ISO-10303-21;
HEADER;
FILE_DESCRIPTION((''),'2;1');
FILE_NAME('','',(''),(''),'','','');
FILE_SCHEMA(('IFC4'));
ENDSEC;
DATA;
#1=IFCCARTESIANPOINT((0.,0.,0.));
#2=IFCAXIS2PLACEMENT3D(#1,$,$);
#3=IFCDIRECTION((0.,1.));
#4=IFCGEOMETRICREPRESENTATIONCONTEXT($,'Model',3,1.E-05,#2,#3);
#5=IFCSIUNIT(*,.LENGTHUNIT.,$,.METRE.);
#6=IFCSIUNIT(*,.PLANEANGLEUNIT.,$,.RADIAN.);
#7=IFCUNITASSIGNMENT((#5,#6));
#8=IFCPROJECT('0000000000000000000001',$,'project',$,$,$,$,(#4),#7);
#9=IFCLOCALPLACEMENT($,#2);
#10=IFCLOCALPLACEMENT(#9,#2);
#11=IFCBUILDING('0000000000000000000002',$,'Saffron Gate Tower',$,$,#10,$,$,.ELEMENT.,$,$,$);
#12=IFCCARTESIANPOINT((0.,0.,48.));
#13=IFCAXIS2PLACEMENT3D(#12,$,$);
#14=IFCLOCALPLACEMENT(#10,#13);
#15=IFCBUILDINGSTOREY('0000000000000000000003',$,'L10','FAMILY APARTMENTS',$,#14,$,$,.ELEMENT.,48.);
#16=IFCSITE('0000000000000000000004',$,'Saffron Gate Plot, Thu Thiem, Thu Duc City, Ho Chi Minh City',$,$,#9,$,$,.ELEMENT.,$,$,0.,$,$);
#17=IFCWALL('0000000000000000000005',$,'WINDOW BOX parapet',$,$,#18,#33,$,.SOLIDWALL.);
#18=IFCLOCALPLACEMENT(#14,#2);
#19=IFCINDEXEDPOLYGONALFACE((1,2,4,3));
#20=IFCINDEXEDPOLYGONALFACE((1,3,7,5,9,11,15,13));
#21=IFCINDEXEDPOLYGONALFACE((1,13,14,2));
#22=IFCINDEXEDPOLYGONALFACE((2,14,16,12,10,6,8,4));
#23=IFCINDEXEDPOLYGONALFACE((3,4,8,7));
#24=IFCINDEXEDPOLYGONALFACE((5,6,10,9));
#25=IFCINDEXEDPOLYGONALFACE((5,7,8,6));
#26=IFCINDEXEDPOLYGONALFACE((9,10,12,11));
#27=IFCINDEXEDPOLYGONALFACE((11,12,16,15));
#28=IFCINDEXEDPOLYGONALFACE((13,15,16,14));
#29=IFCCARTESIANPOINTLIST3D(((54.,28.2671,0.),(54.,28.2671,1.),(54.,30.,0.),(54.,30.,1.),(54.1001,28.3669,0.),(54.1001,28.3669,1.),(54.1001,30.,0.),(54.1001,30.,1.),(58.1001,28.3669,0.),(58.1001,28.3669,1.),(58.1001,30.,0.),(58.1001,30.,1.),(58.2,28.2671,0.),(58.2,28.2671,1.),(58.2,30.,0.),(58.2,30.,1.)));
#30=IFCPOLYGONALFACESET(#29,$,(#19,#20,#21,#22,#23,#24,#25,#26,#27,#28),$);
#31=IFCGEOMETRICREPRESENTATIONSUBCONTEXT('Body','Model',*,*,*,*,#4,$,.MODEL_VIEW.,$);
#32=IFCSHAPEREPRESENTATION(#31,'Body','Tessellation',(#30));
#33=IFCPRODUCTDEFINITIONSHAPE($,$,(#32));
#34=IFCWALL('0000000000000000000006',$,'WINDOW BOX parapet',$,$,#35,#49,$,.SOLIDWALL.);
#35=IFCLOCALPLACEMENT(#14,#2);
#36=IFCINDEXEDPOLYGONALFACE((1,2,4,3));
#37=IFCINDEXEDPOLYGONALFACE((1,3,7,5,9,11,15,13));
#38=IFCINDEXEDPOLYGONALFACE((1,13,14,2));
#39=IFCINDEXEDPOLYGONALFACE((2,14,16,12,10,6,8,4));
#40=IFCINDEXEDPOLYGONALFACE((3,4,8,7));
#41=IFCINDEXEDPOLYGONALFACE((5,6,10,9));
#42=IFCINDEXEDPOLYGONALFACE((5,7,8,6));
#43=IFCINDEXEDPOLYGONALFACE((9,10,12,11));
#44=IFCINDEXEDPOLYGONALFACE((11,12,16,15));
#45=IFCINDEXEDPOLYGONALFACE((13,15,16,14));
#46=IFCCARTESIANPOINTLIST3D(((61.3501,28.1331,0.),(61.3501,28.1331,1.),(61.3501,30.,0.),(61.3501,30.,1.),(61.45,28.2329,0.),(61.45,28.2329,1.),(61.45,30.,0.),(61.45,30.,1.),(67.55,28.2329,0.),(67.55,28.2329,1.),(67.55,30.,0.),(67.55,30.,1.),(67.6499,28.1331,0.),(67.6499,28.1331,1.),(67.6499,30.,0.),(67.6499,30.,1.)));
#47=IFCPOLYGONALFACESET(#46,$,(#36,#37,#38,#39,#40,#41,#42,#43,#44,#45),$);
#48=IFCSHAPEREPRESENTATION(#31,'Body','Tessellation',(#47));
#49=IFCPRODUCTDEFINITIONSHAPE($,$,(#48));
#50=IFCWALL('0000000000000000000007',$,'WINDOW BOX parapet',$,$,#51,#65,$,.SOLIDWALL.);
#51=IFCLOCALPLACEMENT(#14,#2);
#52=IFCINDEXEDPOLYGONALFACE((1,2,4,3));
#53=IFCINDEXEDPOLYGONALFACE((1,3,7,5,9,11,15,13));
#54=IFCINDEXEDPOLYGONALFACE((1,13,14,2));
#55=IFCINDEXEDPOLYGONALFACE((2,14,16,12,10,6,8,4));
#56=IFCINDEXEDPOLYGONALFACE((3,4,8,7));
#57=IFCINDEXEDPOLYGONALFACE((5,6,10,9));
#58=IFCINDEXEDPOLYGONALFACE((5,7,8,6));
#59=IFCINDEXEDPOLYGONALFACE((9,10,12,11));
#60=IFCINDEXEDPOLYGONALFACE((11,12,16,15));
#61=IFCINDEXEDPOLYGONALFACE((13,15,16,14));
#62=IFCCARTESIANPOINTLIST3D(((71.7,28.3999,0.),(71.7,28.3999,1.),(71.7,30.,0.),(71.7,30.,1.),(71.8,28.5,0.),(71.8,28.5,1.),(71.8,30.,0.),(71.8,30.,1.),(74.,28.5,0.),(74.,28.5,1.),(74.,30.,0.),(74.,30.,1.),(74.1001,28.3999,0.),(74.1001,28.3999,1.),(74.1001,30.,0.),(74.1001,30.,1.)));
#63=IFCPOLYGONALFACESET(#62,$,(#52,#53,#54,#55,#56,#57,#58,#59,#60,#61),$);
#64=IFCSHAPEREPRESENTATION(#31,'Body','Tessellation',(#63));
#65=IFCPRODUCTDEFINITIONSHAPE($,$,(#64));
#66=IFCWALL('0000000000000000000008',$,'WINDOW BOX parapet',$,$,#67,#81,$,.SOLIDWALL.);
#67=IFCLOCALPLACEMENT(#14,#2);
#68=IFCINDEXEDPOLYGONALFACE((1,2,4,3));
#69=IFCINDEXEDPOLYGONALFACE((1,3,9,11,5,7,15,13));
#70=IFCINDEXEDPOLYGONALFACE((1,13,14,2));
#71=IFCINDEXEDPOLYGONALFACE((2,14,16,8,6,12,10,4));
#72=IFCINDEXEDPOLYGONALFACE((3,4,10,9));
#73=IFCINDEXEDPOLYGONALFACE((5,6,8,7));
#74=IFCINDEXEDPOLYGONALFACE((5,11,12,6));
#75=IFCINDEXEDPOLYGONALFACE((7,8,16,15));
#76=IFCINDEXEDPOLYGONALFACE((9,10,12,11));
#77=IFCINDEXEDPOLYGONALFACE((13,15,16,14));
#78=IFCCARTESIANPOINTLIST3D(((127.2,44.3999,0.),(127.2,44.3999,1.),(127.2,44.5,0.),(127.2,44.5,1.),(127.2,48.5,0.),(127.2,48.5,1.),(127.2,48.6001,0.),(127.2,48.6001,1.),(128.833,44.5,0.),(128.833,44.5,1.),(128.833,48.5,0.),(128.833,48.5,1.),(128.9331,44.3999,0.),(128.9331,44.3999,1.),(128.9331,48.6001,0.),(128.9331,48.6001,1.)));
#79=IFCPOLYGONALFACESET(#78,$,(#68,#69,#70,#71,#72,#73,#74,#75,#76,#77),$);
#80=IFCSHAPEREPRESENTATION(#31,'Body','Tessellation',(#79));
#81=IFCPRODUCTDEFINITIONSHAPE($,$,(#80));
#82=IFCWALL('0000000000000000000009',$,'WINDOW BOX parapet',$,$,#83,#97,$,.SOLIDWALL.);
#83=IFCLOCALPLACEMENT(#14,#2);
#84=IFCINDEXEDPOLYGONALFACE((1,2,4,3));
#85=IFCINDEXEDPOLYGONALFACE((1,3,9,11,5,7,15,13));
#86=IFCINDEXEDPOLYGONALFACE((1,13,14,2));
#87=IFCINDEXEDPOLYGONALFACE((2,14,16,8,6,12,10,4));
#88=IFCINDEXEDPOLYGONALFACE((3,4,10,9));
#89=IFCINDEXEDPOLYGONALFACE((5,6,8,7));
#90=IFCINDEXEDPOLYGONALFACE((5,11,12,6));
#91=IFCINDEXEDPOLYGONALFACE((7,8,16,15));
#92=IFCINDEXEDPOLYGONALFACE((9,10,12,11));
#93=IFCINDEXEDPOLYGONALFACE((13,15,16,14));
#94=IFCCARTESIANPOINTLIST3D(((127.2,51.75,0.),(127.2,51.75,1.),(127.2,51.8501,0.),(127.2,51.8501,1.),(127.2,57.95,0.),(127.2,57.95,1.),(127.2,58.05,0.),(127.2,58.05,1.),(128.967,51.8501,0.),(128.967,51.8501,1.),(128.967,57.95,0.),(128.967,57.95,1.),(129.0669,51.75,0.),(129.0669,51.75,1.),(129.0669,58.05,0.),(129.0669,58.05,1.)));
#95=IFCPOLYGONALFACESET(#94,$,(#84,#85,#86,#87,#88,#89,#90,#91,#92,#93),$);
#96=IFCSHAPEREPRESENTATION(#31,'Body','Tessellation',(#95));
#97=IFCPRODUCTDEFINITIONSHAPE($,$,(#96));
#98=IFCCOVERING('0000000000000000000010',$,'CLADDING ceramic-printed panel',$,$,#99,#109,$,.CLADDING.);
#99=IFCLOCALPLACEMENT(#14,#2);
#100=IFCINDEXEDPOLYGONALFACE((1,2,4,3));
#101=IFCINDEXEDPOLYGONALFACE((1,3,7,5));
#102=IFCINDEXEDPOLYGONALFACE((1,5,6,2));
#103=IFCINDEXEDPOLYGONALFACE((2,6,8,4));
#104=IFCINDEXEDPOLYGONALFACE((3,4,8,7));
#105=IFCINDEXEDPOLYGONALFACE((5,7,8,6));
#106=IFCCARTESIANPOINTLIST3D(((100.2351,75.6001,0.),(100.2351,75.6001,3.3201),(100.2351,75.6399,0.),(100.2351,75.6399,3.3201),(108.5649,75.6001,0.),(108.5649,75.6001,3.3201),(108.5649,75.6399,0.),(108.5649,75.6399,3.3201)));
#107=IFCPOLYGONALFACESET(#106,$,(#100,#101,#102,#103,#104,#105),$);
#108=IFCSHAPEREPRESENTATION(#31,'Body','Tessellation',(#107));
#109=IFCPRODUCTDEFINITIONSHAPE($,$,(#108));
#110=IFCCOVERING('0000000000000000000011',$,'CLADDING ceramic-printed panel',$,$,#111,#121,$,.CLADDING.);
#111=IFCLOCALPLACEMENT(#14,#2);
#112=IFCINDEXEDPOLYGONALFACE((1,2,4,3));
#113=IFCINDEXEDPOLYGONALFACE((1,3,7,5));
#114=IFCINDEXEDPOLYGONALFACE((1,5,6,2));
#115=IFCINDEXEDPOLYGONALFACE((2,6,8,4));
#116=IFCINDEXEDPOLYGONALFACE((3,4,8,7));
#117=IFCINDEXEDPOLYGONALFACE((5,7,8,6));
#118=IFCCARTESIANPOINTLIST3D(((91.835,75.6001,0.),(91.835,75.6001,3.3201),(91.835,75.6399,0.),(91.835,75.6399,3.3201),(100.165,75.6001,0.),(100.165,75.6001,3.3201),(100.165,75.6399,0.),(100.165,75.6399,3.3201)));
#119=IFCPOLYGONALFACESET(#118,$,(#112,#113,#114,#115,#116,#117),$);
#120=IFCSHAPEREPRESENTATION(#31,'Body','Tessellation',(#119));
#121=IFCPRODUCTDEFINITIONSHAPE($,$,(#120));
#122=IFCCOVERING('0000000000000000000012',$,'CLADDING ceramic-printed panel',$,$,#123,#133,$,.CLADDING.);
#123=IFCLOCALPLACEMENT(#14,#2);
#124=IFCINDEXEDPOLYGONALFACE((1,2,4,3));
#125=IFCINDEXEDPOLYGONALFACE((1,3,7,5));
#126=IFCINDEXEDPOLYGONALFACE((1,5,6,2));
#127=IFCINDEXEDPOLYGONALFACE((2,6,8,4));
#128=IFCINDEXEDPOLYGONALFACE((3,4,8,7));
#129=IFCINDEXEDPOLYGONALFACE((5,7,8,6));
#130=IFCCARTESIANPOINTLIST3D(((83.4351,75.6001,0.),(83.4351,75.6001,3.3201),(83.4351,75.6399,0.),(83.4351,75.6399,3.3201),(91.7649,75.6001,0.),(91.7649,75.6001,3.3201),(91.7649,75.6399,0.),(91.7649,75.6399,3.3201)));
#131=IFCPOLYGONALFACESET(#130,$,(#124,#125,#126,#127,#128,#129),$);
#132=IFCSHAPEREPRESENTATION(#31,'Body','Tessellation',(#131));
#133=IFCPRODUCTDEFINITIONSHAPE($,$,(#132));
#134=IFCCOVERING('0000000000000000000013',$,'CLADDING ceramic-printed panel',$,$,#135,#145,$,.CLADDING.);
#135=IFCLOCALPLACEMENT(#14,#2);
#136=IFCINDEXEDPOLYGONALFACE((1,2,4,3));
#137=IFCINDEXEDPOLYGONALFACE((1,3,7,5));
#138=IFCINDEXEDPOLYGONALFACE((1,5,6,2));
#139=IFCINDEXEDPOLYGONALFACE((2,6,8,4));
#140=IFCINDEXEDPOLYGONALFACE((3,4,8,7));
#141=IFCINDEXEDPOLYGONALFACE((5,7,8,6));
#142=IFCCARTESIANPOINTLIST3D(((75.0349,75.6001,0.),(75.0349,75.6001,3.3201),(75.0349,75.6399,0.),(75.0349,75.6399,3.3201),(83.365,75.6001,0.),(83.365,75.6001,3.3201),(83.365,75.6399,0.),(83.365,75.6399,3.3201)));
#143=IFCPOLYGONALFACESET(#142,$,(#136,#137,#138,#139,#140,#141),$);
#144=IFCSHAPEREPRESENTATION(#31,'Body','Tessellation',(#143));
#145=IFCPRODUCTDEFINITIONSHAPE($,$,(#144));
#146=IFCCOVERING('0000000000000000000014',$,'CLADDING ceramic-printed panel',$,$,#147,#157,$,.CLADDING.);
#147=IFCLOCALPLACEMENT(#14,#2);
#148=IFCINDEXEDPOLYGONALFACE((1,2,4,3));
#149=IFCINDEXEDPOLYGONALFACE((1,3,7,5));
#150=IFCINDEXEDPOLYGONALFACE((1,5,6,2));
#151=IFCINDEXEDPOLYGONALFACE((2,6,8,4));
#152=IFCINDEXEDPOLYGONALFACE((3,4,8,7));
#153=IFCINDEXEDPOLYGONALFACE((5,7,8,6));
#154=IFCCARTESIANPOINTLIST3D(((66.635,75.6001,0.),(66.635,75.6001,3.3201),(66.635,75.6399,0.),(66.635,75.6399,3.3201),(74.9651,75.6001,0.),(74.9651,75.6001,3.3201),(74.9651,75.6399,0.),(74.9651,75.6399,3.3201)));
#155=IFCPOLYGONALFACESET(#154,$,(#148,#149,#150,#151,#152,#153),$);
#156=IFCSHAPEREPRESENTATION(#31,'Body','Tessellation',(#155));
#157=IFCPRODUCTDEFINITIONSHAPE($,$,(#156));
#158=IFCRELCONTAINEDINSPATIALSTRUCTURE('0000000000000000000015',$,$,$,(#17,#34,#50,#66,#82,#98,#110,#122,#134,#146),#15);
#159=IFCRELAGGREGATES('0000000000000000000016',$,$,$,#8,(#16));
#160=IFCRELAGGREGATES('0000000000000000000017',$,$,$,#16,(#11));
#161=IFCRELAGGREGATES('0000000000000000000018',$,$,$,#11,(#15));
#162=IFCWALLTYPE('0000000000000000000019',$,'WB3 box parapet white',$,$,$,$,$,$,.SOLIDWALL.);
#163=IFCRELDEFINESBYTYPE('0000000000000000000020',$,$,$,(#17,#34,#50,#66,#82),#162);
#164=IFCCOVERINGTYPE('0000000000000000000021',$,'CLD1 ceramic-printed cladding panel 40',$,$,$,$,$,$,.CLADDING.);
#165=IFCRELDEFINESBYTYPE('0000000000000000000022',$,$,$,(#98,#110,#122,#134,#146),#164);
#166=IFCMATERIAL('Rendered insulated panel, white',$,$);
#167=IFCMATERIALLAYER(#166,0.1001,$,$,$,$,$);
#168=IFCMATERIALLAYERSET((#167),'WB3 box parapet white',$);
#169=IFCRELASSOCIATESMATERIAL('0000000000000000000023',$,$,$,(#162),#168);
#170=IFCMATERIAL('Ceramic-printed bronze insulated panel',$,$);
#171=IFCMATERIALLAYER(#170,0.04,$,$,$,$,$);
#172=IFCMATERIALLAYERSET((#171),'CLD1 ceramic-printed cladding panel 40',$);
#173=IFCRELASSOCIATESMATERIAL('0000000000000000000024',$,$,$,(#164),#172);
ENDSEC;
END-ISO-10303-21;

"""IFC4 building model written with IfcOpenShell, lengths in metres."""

from ifc_helpers import new_model, si_unit, direction, frame, origin, place, context, subcontext, project, spatial, polyline, outline, extrude, material, layer, layer_set, type_object, element, save


model = new_model("IFC4")

# Units and contexts
model_context = context("Model", 3, precision=1e-05, world=origin(), true_north=direction((0.0, 1.0)))
body_context = subcontext(model_context, "Body", "Model", "MODEL_VIEW")
ifc_project = project(units=[si_unit("LENGTHUNIT", "METRE"), si_unit("PLANEANGLEUNIT", "RADIAN")], contexts=[model_context])

# Site, building, storey
site_placement = place(None, origin())
site = spatial("IfcSite", under=ifc_project, at=site_placement, Name="Saffron Gate Plot, Thu Thiem, Thu Duc City, Ho Chi Minh City", CompositionType="ELEMENT", RefElevation=0.0)
building_placement = place(site_placement, origin())
building = spatial("IfcBuilding", under=site, at=building_placement, Name="Saffron Gate Tower", CompositionType="ELEMENT")
storey_placement = place(building_placement, frame((0.0, 0.0, 48.0)))
storey = spatial("IfcBuildingStorey", under=building, at=storey_placement, Name="L10", Description="FAMILY APARTMENTS", CompositionType="ELEMENT", Elevation=48.0)

# Walls
ifc_material_1 = material(Name="Rendered insulated panel, white")
ifc_layer_1 = layer(ifc_material_1, 0.1001)
ifc_layer_set_1 = layer_set([ifc_layer_1], Name="WB3 box parapet white")
wall_type = type_object("IfcWallType", Name="WB3 box parapet white", PredefinedType="SOLIDWALL", material=ifc_layer_set_1)
wall_1_placement = place(storey_placement, origin())
element("IfcWall", 1, at=wall_1_placement, inside=storey, type_object=wall_type, Name="WINDOW BOX parapet", PredefinedType="SOLIDWALL", context=body_context, shape_type="SweptSolid", body=[
    extrude(outline(polyline([(54.0, 30.0), (54.1001, 30.0), (54.1001, 28.3669), (58.1001, 28.3669), (58.1001, 30.0), (58.2, 30.0), (58.2, 28.2671), (54.0, 28.2671), (54.0, 30.0)])), origin(), (0.0, 0.0, 1.0), 1.0),
])
wall_2_placement = place(storey_placement, origin())
element("IfcWall", 2, at=wall_2_placement, inside=storey, type_object=wall_type, Name="WINDOW BOX parapet", PredefinedType="SOLIDWALL", context=body_context, shape_type="SweptSolid", body=[
    extrude(outline(polyline([(61.3501, 30.0), (61.45, 30.0), (61.45, 28.2329), (67.55, 28.2329), (67.55, 30.0), (67.6499, 30.0), (67.6499, 28.1331), (61.3501, 28.1331), (61.3501, 30.0)])), origin(), (0.0, 0.0, 1.0), 1.0),
])
wall_3_placement = place(storey_placement, origin())
element("IfcWall", 3, at=wall_3_placement, inside=storey, type_object=wall_type, Name="WINDOW BOX parapet", PredefinedType="SOLIDWALL", context=body_context, shape_type="SweptSolid", body=[
    extrude(outline(polyline([(71.7, 30.0), (71.8, 30.0), (71.8, 28.5), (74.0, 28.5), (74.0, 30.0), (74.1001, 30.0), (74.1001, 28.3999), (71.7, 28.3999), (71.7, 30.0)])), origin(), (0.0, 0.0, 1.0), 1.0),
])
wall_4_placement = place(storey_placement, origin())
element("IfcWall", 4, at=wall_4_placement, inside=storey, type_object=wall_type, Name="WINDOW BOX parapet", PredefinedType="SOLIDWALL", context=body_context, shape_type="SweptSolid", body=[
    extrude(outline(polyline([(127.2, 44.3999), (127.2, 44.5), (128.833, 44.5), (128.833, 48.5), (127.2, 48.5), (127.2, 48.6001), (128.9331, 48.6001), (128.9331, 44.3999), (127.2, 44.3999)])), origin(), (0.0, 0.0, 1.0), 1.0),
])
wall_5_placement = place(storey_placement, origin())
element("IfcWall", 5, at=wall_5_placement, inside=storey, type_object=wall_type, Name="WINDOW BOX parapet", PredefinedType="SOLIDWALL", context=body_context, shape_type="SweptSolid", body=[
    extrude(outline(polyline([(127.2, 51.75), (127.2, 51.8501), (128.967, 51.8501), (128.967, 57.95), (127.2, 57.95), (127.2, 58.05), (129.0669, 58.05), (129.0669, 51.75), (127.2, 51.75)])), origin(), (0.0, 0.0, 1.0), 1.0),
])

# Coverings
ifc_material_2 = material(Name="Ceramic-printed bronze insulated panel")
ifc_layer_2 = layer(ifc_material_2, 0.04)
ifc_layer_set_2 = layer_set([ifc_layer_2], Name="CLD1 ceramic-printed cladding panel 40")
covering_type = type_object("IfcCoveringType", Name="CLD1 ceramic-printed cladding panel 40", PredefinedType="CLADDING", material=ifc_layer_set_2)
covering_1_placement = place(storey_placement, origin())
element("IfcCovering", 6, at=covering_1_placement, inside=storey, type_object=covering_type, Name="CLADDING ceramic-printed panel", PredefinedType="CLADDING", context=body_context, shape_type="SweptSolid", body=[
    extrude(outline(polyline([(108.5649, 75.6399), (100.2351, 75.6399), (100.2351, 75.6001), (108.5649, 75.6001), (108.5649, 75.6399)])), origin(), (0.0, 0.0, 1.0), 3.3201),
])
covering_2_placement = place(storey_placement, origin())
element("IfcCovering", 7, at=covering_2_placement, inside=storey, type_object=covering_type, Name="CLADDING ceramic-printed panel", PredefinedType="CLADDING", context=body_context, shape_type="SweptSolid", body=[
    extrude(outline(polyline([(100.165, 75.6399), (91.835, 75.6399), (91.835, 75.6001), (100.165, 75.6001), (100.165, 75.6399)])), origin(), (0.0, 0.0, 1.0), 3.3201),
])
covering_3_placement = place(storey_placement, origin())
element("IfcCovering", 8, at=covering_3_placement, inside=storey, type_object=covering_type, Name="CLADDING ceramic-printed panel", PredefinedType="CLADDING", context=body_context, shape_type="SweptSolid", body=[
    extrude(outline(polyline([(91.7649, 75.6399), (83.4351, 75.6399), (83.4351, 75.6001), (91.7649, 75.6001), (91.7649, 75.6399)])), origin(), (0.0, 0.0, 1.0), 3.3201),
])
covering_4_placement = place(storey_placement, origin())
element("IfcCovering", 9, at=covering_4_placement, inside=storey, type_object=covering_type, Name="CLADDING ceramic-printed panel", PredefinedType="CLADDING", context=body_context, shape_type="SweptSolid", body=[
    extrude(outline(polyline([(83.365, 75.6399), (75.0349, 75.6399), (75.0349, 75.6001), (83.365, 75.6001), (83.365, 75.6399)])), origin(), (0.0, 0.0, 1.0), 3.3201),
])
covering_5_placement = place(storey_placement, origin())
element("IfcCovering", 10, at=covering_5_placement, inside=storey, type_object=covering_type, Name="CLADDING ceramic-printed panel", PredefinedType="CLADDING", context=body_context, shape_type="SweptSolid", body=[
    extrude(outline(polyline([(74.9651, 75.6399), (66.635, 75.6399), (66.635, 75.6001), (74.9651, 75.6001), (74.9651, 75.6399)])), origin(), (0.0, 0.0, 1.0), 3.3201),
])

save(model, "model.ifc")
